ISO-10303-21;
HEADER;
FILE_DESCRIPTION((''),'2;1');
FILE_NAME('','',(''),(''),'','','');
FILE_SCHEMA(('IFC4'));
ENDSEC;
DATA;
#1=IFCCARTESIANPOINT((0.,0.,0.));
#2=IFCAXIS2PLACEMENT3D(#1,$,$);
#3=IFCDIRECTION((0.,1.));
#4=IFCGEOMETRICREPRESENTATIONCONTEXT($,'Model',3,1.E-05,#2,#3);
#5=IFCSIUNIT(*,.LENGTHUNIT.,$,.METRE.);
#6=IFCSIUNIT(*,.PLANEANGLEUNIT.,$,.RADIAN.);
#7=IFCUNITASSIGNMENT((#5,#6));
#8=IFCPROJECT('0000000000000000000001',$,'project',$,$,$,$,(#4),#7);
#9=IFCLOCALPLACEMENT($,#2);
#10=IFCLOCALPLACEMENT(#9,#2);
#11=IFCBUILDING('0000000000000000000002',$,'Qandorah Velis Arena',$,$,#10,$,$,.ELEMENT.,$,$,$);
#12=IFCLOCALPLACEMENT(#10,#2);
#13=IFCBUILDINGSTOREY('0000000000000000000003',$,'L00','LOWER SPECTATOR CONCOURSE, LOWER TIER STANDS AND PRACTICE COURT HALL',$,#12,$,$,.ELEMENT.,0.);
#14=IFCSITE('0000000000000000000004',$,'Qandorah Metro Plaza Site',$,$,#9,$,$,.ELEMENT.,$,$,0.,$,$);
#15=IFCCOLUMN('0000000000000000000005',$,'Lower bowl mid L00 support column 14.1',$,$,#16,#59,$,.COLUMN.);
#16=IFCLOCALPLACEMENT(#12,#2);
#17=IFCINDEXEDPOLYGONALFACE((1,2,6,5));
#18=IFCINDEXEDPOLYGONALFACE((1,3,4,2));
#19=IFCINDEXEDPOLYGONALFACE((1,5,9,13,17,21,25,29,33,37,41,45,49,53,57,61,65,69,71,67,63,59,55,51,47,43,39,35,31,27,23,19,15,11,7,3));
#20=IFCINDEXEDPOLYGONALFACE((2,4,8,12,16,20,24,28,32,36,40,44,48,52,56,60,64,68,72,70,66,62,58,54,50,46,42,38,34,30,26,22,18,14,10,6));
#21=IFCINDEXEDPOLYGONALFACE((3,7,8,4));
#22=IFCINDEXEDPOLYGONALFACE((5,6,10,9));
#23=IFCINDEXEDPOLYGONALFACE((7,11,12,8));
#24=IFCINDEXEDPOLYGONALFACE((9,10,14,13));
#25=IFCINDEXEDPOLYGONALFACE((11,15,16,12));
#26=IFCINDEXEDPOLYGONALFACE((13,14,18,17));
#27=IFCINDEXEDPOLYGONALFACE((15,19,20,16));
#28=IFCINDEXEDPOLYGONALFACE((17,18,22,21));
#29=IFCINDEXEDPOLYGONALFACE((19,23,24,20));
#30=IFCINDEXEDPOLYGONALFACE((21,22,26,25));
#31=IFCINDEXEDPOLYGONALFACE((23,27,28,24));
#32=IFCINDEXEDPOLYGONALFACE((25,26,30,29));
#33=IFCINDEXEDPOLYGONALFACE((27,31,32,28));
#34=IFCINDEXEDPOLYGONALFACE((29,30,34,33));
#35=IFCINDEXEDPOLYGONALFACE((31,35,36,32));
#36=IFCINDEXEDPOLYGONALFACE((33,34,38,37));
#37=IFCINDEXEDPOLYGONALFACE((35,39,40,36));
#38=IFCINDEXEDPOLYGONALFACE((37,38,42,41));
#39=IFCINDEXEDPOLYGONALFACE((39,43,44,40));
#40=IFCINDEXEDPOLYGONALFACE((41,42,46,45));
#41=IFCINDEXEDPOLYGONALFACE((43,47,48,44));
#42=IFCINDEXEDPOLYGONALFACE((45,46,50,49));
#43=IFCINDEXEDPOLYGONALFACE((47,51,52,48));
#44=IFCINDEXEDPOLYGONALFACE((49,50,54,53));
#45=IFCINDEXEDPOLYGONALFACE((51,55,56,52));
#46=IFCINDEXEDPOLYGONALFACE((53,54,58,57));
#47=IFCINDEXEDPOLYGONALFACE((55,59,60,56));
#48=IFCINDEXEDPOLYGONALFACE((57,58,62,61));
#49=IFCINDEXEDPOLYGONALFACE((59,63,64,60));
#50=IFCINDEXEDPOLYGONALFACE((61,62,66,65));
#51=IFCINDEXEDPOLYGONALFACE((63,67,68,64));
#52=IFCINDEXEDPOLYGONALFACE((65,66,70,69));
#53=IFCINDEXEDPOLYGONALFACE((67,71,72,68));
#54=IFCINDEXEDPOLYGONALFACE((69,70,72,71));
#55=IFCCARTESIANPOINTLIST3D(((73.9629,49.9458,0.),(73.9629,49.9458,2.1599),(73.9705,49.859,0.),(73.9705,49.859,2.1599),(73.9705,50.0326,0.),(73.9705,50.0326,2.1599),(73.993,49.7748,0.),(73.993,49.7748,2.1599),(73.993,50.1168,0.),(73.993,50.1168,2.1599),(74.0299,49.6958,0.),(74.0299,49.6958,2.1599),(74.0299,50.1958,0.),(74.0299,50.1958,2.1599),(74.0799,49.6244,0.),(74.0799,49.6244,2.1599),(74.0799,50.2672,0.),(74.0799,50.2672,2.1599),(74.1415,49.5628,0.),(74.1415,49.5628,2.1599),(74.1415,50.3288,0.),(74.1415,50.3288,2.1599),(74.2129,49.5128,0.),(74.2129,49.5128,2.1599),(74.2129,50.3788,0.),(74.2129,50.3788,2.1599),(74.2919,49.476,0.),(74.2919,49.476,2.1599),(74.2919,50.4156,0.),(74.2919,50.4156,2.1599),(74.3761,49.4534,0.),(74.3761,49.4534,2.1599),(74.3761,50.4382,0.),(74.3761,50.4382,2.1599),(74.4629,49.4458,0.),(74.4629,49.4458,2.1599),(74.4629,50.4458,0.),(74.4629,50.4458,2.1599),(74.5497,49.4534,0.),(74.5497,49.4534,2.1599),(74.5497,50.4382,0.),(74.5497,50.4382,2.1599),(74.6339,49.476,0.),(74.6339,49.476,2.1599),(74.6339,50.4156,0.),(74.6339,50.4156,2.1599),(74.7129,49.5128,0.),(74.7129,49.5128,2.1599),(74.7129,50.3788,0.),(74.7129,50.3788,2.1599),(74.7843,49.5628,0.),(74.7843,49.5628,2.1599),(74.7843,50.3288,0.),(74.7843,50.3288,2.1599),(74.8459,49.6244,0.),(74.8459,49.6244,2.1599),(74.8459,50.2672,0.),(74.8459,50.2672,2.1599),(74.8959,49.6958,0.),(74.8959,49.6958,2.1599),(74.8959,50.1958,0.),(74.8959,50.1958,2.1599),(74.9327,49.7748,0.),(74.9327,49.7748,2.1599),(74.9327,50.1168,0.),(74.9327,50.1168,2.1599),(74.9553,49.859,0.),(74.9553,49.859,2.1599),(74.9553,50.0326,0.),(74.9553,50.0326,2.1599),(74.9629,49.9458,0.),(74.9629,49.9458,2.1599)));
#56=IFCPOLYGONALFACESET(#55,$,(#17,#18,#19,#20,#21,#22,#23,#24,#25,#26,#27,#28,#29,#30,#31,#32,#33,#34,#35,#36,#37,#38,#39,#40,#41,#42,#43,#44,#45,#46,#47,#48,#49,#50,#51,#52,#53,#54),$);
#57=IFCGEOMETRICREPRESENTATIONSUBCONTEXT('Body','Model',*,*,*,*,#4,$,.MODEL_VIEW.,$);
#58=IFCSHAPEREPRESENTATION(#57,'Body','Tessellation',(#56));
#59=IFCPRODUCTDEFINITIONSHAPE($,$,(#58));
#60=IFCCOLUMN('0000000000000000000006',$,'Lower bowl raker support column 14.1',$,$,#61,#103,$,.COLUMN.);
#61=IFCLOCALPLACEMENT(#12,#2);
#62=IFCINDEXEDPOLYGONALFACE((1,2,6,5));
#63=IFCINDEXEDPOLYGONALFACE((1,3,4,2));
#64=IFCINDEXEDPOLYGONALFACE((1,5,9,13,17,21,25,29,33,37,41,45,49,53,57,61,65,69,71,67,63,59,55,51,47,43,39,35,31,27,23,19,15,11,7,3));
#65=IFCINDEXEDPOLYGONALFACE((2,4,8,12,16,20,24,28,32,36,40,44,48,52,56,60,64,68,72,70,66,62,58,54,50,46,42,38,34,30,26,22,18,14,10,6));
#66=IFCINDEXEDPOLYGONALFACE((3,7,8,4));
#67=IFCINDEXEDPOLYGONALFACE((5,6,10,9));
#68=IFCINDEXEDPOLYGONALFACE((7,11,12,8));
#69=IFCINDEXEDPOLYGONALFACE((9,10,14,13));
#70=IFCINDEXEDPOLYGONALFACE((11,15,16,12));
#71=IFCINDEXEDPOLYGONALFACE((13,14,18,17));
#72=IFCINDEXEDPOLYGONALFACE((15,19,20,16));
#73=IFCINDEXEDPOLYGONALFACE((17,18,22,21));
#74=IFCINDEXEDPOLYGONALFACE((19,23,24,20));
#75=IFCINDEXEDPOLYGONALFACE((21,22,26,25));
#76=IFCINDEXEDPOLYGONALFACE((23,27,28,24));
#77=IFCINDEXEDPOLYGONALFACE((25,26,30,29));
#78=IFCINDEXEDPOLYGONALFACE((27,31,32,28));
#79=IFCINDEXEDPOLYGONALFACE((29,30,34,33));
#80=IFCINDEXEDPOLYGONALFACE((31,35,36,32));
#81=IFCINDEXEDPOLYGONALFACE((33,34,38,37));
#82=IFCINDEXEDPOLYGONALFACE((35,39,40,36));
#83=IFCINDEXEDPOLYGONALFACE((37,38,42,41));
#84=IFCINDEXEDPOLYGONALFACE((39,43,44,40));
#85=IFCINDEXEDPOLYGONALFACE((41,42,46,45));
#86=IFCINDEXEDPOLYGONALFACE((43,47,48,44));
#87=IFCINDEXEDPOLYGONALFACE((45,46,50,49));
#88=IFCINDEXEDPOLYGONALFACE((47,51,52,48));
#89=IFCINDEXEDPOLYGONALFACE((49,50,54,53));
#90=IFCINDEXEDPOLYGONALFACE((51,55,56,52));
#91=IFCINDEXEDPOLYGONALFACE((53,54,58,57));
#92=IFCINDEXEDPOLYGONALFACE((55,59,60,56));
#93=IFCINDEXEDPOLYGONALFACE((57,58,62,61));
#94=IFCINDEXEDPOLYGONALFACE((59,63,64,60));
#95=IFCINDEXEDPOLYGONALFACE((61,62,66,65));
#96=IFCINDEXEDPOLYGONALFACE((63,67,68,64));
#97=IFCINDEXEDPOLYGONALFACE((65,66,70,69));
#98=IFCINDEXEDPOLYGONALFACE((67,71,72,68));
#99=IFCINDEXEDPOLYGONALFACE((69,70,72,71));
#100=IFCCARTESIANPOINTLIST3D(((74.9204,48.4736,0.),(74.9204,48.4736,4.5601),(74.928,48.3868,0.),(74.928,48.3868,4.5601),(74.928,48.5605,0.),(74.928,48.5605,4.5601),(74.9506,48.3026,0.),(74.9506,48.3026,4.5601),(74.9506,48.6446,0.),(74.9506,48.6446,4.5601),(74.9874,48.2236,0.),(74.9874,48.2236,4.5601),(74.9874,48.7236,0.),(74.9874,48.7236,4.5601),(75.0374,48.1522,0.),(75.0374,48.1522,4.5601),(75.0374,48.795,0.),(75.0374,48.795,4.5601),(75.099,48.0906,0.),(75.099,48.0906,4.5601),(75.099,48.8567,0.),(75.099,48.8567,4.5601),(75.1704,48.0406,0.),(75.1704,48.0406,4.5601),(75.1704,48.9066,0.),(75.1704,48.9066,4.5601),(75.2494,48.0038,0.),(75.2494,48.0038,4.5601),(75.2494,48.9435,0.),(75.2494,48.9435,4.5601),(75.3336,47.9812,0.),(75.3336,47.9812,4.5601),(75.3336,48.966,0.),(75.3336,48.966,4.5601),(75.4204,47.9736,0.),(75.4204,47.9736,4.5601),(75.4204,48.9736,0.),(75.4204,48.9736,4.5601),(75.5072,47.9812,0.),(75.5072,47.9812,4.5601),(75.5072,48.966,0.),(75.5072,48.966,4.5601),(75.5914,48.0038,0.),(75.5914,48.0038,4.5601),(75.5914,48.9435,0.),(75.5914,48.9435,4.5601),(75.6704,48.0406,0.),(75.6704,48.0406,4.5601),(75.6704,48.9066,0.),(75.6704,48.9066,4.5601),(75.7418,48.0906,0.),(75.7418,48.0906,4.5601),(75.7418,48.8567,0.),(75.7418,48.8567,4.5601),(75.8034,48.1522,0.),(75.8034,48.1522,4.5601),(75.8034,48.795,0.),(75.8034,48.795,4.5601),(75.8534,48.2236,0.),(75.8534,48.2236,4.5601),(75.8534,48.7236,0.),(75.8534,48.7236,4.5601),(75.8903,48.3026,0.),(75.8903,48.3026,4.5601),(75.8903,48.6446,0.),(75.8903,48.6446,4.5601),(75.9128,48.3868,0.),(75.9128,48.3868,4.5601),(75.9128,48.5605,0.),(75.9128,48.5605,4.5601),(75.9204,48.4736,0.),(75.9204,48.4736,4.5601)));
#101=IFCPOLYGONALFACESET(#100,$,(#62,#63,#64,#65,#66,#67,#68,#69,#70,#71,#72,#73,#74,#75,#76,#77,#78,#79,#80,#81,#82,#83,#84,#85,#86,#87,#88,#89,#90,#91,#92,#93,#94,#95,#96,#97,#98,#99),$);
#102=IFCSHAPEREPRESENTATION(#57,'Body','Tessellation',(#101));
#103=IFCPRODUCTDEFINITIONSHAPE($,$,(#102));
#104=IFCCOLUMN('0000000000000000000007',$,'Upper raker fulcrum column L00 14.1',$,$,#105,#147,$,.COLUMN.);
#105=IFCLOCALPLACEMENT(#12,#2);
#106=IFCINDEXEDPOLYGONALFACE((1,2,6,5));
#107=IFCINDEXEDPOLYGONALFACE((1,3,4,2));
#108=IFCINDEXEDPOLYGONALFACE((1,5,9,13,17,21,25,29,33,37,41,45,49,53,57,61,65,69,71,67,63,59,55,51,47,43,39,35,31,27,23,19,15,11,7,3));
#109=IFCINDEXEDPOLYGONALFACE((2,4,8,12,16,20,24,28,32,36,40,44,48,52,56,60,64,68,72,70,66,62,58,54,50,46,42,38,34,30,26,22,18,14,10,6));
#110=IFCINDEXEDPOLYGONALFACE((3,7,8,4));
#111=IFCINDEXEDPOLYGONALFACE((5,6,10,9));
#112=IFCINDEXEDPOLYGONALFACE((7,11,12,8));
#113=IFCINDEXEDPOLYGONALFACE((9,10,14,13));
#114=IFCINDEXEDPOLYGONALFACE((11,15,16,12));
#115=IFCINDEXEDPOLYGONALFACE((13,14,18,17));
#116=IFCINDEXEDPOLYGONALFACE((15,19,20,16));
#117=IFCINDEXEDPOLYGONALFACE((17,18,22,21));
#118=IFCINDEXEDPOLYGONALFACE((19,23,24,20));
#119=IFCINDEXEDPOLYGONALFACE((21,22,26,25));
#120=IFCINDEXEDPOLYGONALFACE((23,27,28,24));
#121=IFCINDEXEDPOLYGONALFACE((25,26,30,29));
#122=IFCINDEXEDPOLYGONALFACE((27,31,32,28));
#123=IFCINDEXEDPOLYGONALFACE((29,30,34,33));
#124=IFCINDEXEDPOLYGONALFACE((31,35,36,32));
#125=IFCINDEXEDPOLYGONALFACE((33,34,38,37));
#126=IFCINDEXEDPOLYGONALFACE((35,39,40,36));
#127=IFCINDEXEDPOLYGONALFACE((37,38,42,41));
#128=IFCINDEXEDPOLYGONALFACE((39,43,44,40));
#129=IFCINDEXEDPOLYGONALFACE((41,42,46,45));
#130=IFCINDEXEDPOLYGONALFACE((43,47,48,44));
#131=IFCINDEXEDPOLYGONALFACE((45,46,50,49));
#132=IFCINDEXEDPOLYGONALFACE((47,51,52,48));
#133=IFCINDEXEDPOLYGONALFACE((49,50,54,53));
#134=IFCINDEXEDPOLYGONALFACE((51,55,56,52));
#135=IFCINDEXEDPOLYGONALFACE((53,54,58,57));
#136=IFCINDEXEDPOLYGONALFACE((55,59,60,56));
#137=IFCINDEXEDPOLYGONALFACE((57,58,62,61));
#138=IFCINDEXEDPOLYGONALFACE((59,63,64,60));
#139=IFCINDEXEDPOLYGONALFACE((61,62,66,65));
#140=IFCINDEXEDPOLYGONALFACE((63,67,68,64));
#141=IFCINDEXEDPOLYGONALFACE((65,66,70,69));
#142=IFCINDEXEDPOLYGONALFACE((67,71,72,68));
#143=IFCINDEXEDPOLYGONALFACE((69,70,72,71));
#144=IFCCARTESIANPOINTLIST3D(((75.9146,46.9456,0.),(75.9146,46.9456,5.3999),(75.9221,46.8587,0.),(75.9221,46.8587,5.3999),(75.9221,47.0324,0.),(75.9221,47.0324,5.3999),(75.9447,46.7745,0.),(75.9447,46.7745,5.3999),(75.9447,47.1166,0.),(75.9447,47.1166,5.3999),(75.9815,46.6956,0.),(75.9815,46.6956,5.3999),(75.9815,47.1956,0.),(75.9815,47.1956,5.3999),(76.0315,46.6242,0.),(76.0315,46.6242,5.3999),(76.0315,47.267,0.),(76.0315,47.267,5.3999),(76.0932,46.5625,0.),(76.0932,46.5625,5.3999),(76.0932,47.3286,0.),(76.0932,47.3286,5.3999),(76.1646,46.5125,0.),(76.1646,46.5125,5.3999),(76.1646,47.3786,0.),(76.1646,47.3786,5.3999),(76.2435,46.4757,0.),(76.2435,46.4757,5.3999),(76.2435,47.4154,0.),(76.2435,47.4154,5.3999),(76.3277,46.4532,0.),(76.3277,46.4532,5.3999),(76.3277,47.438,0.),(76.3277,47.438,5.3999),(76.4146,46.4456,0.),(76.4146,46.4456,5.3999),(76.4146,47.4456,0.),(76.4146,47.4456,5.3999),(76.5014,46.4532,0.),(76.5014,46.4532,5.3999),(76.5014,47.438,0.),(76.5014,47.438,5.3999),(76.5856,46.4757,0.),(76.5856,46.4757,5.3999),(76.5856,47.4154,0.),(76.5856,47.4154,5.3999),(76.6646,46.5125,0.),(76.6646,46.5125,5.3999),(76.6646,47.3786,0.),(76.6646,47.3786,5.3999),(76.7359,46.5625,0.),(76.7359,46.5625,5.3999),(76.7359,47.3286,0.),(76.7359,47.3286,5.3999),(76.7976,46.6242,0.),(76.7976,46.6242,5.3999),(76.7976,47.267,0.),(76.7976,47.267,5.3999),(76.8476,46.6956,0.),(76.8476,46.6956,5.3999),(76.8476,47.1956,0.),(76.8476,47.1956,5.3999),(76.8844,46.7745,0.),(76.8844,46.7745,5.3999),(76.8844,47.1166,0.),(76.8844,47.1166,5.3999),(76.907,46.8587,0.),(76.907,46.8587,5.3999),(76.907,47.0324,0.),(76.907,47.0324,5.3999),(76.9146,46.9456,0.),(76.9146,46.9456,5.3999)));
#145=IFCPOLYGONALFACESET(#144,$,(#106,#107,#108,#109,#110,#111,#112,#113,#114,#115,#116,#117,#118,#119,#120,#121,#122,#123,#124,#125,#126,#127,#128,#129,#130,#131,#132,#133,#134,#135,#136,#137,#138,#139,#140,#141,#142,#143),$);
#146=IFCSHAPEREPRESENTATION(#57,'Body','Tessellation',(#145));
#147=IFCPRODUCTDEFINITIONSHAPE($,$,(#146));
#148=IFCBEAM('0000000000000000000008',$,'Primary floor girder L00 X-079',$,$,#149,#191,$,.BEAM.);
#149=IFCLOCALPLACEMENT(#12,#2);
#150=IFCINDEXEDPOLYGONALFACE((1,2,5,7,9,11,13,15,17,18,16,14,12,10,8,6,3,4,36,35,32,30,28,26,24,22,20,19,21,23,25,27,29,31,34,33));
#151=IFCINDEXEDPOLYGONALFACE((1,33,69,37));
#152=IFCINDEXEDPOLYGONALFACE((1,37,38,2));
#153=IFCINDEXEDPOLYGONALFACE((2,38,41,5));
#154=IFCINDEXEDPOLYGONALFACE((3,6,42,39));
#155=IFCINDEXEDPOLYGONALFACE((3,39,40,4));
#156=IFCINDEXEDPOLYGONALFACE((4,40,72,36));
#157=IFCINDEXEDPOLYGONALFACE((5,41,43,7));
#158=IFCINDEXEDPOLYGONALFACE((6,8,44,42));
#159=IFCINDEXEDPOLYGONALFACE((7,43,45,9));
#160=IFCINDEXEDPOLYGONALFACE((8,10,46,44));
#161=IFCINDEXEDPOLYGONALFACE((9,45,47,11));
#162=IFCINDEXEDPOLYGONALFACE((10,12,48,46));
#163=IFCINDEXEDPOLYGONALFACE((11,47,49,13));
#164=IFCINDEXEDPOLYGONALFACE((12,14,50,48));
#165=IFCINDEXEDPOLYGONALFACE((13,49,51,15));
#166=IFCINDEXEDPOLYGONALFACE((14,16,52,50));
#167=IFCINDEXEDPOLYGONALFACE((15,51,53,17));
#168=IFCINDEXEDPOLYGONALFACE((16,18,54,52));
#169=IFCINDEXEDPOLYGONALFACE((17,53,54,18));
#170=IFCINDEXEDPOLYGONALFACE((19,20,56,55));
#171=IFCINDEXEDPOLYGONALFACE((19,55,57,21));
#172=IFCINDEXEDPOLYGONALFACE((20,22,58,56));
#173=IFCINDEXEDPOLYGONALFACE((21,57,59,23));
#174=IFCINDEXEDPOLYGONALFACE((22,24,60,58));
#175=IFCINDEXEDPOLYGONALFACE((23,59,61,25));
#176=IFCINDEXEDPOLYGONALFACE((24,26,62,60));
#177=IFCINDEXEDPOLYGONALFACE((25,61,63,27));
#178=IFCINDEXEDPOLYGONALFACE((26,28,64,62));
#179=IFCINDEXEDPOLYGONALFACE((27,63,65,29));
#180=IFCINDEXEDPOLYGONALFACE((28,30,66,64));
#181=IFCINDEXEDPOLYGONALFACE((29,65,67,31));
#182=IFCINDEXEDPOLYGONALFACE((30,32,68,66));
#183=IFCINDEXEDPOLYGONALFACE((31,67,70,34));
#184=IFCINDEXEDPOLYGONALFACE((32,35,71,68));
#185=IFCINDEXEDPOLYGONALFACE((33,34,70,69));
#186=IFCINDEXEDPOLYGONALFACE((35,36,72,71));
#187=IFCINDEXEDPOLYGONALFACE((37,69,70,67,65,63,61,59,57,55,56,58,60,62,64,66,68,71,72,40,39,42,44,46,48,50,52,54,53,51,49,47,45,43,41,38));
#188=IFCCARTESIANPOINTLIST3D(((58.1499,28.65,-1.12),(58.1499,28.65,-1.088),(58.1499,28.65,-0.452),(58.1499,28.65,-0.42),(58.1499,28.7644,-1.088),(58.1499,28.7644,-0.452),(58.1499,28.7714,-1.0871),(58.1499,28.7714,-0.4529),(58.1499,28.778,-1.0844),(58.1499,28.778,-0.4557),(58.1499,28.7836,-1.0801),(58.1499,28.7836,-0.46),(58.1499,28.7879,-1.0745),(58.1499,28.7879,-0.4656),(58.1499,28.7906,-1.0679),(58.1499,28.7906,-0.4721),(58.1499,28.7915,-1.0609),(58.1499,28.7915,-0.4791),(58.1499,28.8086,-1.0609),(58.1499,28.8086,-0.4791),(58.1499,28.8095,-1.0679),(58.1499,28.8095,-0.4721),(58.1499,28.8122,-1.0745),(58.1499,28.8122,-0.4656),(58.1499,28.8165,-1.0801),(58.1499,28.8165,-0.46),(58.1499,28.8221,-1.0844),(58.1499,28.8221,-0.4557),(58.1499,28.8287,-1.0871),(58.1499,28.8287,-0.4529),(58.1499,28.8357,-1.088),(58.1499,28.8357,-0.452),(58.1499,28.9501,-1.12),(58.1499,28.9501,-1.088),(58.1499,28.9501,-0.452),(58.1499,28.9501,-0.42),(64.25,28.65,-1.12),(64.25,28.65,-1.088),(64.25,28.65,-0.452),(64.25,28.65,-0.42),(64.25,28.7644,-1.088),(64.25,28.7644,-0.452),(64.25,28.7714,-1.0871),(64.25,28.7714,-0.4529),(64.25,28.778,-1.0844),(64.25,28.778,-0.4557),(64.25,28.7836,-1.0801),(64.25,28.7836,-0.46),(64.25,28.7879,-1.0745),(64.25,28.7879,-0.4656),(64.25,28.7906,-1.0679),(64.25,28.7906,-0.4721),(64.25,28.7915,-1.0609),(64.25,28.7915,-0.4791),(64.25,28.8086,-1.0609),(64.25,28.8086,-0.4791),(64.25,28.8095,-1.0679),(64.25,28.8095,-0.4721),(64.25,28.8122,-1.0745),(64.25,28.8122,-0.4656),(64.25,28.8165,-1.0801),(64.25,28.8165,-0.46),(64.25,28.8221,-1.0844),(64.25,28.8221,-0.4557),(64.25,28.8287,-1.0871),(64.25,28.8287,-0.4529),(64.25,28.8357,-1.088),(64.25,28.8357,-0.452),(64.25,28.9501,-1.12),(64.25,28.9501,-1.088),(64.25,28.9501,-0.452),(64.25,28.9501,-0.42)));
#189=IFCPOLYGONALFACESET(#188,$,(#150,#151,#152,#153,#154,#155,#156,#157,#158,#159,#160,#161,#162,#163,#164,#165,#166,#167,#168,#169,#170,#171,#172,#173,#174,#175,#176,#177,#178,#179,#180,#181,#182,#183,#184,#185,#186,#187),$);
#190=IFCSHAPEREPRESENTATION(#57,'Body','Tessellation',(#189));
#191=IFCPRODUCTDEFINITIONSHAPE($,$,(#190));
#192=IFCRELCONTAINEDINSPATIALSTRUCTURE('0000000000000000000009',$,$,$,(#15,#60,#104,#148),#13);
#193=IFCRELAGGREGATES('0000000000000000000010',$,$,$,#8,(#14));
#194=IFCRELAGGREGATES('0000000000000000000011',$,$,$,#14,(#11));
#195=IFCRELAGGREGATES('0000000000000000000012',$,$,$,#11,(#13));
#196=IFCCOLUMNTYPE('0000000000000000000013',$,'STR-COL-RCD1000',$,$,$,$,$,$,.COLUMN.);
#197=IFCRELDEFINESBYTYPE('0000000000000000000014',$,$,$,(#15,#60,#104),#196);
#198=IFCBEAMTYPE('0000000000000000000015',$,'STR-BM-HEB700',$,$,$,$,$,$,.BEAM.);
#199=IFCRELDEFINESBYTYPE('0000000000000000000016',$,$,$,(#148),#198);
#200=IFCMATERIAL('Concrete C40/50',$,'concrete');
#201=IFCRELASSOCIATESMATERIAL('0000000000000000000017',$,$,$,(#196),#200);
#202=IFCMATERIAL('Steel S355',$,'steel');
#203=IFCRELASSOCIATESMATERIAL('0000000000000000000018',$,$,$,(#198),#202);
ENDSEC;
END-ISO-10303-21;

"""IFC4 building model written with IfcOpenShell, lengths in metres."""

from ifc_helpers import new_model, si_unit, direction, frame, origin, origin_2d, place, context, subcontext, project, spatial, circle, i_section, extrude, material, material_profile, profile_set, type_object, element, save


model = new_model("IFC4")

# Units and contexts
model_context = context("Model", 3, precision=1e-05, world=origin(), true_north=direction((0.0, 1.0)))
body_context = subcontext(model_context, "Body", "Model", "MODEL_VIEW")
ifc_project = project(units=[si_unit("LENGTHUNIT", "METRE"), si_unit("PLANEANGLEUNIT", "RADIAN")], contexts=[model_context])

# Site, building, storey
site_placement = place(None, origin())
site = spatial("IfcSite", under=ifc_project, at=site_placement, Name="Qandorah Metro Plaza Site", CompositionType="ELEMENT", RefElevation=0.0)
building_placement = place(site_placement, origin())
building = spatial("IfcBuilding", under=site, at=building_placement, Name="Qandorah Velis Arena", CompositionType="ELEMENT")
storey_placement = place(building_placement, origin())
storey = spatial("IfcBuildingStorey", under=building, at=storey_placement, Name="L00", Description="LOWER SPECTATOR CONCOURSE, LOWER TIER STANDS AND PRACTICE COURT HALL", CompositionType="ELEMENT", Elevation=0.0)

# Columns
ifc_material_1 = material(Name="Concrete C40/50", Category="concrete")
ifc_material_profile_1 = material_profile(ifc_material_1, circle(Radius=0.5, at=origin_2d()), Name="RC D1000")
ifc_profile_set_1 = profile_set([ifc_material_profile_1], Name="Concrete C40/50")
column_type_1 = type_object("IfcColumnType", Name="STR-COL-RCD1000", PredefinedType="COLUMN", material=ifc_profile_set_1)
column_1_placement = place(storey_placement, frame((74.4629, 49.9458, 0.0), z_axis=(0.0, 0.0, 1.0), x_axis=(1.0, 0.0, 0.0)))
element("IfcColumn", 1, at=column_1_placement, inside=storey, type_object=column_type_1, Name="Lower bowl mid L00 support column 14.1", PredefinedType="COLUMN", context=body_context, shape_type="SweptSolid", body=[
    extrude(circle(Radius=0.5, at=origin_2d()), origin(), (0.0, 0.0, 1.0), 2.1599),
])
column_2_placement = place(storey_placement, frame((75.4204, 48.4736, 0.0), z_axis=(0.0, 0.0, 1.0), x_axis=(1.0, 0.0, 0.0)))
element("IfcColumn", 2, at=column_2_placement, inside=storey, type_object=column_type_1, Name="Lower bowl raker support column 14.1", PredefinedType="COLUMN", context=body_context, shape_type="SweptSolid", body=[
    extrude(circle(Radius=0.5, at=origin_2d()), origin(), (0.0, 0.0, 1.0), 4.5601),
])
column_3_placement = place(storey_placement, frame((76.4146, 46.9456, 0.0), z_axis=(0.0, 0.0, 1.0), x_axis=(1.0, 0.0, 0.0)))
element("IfcColumn", 3, at=column_3_placement, inside=storey, type_object=column_type_1, Name="Upper raker fulcrum column L00 14.1", PredefinedType="COLUMN", context=body_context, shape_type="SweptSolid", body=[
    extrude(circle(Radius=0.5, at=origin_2d()), origin(), (0.0, 0.0, 1.0), 5.3999),
])

# Beam
ifc_material_2 = material(Name="Steel S355", Category="steel")
ifc_material_profile_2 = material_profile(ifc_material_2, i_section(OverallWidth=0.3, OverallDepth=0.7, WebThickness=0.0171, FlangeThickness=0.032, FilletRadius=0.0271, at=origin_2d()), Name="HEB 700")
ifc_profile_set_2 = profile_set([ifc_material_profile_2], Name="Steel S355")
beam_type_1 = type_object("IfcBeamType", Name="STR-BM-HEB700", PredefinedType="BEAM", material=ifc_profile_set_2)
beam_1_placement = place(storey_placement, frame((58.1499, 28.8, -0.77), z_axis=(1.0, 0.0, 0.0), x_axis=(0.0, 1.0, 0.0)))
element("IfcBeam", 4, at=beam_1_placement, inside=storey, type_object=beam_type_1, Name="Primary floor girder L00 X-079", PredefinedType="BEAM", context=body_context, shape_type="SweptSolid", body=[
    extrude(i_section(OverallWidth=0.3, OverallDepth=0.7, WebThickness=0.0171, FlangeThickness=0.032, FilletRadius=0.0271, at=origin_2d()), origin(), (0.0, 0.0, 1.0), 6.1001),
])

save(model, "model.ifc")
